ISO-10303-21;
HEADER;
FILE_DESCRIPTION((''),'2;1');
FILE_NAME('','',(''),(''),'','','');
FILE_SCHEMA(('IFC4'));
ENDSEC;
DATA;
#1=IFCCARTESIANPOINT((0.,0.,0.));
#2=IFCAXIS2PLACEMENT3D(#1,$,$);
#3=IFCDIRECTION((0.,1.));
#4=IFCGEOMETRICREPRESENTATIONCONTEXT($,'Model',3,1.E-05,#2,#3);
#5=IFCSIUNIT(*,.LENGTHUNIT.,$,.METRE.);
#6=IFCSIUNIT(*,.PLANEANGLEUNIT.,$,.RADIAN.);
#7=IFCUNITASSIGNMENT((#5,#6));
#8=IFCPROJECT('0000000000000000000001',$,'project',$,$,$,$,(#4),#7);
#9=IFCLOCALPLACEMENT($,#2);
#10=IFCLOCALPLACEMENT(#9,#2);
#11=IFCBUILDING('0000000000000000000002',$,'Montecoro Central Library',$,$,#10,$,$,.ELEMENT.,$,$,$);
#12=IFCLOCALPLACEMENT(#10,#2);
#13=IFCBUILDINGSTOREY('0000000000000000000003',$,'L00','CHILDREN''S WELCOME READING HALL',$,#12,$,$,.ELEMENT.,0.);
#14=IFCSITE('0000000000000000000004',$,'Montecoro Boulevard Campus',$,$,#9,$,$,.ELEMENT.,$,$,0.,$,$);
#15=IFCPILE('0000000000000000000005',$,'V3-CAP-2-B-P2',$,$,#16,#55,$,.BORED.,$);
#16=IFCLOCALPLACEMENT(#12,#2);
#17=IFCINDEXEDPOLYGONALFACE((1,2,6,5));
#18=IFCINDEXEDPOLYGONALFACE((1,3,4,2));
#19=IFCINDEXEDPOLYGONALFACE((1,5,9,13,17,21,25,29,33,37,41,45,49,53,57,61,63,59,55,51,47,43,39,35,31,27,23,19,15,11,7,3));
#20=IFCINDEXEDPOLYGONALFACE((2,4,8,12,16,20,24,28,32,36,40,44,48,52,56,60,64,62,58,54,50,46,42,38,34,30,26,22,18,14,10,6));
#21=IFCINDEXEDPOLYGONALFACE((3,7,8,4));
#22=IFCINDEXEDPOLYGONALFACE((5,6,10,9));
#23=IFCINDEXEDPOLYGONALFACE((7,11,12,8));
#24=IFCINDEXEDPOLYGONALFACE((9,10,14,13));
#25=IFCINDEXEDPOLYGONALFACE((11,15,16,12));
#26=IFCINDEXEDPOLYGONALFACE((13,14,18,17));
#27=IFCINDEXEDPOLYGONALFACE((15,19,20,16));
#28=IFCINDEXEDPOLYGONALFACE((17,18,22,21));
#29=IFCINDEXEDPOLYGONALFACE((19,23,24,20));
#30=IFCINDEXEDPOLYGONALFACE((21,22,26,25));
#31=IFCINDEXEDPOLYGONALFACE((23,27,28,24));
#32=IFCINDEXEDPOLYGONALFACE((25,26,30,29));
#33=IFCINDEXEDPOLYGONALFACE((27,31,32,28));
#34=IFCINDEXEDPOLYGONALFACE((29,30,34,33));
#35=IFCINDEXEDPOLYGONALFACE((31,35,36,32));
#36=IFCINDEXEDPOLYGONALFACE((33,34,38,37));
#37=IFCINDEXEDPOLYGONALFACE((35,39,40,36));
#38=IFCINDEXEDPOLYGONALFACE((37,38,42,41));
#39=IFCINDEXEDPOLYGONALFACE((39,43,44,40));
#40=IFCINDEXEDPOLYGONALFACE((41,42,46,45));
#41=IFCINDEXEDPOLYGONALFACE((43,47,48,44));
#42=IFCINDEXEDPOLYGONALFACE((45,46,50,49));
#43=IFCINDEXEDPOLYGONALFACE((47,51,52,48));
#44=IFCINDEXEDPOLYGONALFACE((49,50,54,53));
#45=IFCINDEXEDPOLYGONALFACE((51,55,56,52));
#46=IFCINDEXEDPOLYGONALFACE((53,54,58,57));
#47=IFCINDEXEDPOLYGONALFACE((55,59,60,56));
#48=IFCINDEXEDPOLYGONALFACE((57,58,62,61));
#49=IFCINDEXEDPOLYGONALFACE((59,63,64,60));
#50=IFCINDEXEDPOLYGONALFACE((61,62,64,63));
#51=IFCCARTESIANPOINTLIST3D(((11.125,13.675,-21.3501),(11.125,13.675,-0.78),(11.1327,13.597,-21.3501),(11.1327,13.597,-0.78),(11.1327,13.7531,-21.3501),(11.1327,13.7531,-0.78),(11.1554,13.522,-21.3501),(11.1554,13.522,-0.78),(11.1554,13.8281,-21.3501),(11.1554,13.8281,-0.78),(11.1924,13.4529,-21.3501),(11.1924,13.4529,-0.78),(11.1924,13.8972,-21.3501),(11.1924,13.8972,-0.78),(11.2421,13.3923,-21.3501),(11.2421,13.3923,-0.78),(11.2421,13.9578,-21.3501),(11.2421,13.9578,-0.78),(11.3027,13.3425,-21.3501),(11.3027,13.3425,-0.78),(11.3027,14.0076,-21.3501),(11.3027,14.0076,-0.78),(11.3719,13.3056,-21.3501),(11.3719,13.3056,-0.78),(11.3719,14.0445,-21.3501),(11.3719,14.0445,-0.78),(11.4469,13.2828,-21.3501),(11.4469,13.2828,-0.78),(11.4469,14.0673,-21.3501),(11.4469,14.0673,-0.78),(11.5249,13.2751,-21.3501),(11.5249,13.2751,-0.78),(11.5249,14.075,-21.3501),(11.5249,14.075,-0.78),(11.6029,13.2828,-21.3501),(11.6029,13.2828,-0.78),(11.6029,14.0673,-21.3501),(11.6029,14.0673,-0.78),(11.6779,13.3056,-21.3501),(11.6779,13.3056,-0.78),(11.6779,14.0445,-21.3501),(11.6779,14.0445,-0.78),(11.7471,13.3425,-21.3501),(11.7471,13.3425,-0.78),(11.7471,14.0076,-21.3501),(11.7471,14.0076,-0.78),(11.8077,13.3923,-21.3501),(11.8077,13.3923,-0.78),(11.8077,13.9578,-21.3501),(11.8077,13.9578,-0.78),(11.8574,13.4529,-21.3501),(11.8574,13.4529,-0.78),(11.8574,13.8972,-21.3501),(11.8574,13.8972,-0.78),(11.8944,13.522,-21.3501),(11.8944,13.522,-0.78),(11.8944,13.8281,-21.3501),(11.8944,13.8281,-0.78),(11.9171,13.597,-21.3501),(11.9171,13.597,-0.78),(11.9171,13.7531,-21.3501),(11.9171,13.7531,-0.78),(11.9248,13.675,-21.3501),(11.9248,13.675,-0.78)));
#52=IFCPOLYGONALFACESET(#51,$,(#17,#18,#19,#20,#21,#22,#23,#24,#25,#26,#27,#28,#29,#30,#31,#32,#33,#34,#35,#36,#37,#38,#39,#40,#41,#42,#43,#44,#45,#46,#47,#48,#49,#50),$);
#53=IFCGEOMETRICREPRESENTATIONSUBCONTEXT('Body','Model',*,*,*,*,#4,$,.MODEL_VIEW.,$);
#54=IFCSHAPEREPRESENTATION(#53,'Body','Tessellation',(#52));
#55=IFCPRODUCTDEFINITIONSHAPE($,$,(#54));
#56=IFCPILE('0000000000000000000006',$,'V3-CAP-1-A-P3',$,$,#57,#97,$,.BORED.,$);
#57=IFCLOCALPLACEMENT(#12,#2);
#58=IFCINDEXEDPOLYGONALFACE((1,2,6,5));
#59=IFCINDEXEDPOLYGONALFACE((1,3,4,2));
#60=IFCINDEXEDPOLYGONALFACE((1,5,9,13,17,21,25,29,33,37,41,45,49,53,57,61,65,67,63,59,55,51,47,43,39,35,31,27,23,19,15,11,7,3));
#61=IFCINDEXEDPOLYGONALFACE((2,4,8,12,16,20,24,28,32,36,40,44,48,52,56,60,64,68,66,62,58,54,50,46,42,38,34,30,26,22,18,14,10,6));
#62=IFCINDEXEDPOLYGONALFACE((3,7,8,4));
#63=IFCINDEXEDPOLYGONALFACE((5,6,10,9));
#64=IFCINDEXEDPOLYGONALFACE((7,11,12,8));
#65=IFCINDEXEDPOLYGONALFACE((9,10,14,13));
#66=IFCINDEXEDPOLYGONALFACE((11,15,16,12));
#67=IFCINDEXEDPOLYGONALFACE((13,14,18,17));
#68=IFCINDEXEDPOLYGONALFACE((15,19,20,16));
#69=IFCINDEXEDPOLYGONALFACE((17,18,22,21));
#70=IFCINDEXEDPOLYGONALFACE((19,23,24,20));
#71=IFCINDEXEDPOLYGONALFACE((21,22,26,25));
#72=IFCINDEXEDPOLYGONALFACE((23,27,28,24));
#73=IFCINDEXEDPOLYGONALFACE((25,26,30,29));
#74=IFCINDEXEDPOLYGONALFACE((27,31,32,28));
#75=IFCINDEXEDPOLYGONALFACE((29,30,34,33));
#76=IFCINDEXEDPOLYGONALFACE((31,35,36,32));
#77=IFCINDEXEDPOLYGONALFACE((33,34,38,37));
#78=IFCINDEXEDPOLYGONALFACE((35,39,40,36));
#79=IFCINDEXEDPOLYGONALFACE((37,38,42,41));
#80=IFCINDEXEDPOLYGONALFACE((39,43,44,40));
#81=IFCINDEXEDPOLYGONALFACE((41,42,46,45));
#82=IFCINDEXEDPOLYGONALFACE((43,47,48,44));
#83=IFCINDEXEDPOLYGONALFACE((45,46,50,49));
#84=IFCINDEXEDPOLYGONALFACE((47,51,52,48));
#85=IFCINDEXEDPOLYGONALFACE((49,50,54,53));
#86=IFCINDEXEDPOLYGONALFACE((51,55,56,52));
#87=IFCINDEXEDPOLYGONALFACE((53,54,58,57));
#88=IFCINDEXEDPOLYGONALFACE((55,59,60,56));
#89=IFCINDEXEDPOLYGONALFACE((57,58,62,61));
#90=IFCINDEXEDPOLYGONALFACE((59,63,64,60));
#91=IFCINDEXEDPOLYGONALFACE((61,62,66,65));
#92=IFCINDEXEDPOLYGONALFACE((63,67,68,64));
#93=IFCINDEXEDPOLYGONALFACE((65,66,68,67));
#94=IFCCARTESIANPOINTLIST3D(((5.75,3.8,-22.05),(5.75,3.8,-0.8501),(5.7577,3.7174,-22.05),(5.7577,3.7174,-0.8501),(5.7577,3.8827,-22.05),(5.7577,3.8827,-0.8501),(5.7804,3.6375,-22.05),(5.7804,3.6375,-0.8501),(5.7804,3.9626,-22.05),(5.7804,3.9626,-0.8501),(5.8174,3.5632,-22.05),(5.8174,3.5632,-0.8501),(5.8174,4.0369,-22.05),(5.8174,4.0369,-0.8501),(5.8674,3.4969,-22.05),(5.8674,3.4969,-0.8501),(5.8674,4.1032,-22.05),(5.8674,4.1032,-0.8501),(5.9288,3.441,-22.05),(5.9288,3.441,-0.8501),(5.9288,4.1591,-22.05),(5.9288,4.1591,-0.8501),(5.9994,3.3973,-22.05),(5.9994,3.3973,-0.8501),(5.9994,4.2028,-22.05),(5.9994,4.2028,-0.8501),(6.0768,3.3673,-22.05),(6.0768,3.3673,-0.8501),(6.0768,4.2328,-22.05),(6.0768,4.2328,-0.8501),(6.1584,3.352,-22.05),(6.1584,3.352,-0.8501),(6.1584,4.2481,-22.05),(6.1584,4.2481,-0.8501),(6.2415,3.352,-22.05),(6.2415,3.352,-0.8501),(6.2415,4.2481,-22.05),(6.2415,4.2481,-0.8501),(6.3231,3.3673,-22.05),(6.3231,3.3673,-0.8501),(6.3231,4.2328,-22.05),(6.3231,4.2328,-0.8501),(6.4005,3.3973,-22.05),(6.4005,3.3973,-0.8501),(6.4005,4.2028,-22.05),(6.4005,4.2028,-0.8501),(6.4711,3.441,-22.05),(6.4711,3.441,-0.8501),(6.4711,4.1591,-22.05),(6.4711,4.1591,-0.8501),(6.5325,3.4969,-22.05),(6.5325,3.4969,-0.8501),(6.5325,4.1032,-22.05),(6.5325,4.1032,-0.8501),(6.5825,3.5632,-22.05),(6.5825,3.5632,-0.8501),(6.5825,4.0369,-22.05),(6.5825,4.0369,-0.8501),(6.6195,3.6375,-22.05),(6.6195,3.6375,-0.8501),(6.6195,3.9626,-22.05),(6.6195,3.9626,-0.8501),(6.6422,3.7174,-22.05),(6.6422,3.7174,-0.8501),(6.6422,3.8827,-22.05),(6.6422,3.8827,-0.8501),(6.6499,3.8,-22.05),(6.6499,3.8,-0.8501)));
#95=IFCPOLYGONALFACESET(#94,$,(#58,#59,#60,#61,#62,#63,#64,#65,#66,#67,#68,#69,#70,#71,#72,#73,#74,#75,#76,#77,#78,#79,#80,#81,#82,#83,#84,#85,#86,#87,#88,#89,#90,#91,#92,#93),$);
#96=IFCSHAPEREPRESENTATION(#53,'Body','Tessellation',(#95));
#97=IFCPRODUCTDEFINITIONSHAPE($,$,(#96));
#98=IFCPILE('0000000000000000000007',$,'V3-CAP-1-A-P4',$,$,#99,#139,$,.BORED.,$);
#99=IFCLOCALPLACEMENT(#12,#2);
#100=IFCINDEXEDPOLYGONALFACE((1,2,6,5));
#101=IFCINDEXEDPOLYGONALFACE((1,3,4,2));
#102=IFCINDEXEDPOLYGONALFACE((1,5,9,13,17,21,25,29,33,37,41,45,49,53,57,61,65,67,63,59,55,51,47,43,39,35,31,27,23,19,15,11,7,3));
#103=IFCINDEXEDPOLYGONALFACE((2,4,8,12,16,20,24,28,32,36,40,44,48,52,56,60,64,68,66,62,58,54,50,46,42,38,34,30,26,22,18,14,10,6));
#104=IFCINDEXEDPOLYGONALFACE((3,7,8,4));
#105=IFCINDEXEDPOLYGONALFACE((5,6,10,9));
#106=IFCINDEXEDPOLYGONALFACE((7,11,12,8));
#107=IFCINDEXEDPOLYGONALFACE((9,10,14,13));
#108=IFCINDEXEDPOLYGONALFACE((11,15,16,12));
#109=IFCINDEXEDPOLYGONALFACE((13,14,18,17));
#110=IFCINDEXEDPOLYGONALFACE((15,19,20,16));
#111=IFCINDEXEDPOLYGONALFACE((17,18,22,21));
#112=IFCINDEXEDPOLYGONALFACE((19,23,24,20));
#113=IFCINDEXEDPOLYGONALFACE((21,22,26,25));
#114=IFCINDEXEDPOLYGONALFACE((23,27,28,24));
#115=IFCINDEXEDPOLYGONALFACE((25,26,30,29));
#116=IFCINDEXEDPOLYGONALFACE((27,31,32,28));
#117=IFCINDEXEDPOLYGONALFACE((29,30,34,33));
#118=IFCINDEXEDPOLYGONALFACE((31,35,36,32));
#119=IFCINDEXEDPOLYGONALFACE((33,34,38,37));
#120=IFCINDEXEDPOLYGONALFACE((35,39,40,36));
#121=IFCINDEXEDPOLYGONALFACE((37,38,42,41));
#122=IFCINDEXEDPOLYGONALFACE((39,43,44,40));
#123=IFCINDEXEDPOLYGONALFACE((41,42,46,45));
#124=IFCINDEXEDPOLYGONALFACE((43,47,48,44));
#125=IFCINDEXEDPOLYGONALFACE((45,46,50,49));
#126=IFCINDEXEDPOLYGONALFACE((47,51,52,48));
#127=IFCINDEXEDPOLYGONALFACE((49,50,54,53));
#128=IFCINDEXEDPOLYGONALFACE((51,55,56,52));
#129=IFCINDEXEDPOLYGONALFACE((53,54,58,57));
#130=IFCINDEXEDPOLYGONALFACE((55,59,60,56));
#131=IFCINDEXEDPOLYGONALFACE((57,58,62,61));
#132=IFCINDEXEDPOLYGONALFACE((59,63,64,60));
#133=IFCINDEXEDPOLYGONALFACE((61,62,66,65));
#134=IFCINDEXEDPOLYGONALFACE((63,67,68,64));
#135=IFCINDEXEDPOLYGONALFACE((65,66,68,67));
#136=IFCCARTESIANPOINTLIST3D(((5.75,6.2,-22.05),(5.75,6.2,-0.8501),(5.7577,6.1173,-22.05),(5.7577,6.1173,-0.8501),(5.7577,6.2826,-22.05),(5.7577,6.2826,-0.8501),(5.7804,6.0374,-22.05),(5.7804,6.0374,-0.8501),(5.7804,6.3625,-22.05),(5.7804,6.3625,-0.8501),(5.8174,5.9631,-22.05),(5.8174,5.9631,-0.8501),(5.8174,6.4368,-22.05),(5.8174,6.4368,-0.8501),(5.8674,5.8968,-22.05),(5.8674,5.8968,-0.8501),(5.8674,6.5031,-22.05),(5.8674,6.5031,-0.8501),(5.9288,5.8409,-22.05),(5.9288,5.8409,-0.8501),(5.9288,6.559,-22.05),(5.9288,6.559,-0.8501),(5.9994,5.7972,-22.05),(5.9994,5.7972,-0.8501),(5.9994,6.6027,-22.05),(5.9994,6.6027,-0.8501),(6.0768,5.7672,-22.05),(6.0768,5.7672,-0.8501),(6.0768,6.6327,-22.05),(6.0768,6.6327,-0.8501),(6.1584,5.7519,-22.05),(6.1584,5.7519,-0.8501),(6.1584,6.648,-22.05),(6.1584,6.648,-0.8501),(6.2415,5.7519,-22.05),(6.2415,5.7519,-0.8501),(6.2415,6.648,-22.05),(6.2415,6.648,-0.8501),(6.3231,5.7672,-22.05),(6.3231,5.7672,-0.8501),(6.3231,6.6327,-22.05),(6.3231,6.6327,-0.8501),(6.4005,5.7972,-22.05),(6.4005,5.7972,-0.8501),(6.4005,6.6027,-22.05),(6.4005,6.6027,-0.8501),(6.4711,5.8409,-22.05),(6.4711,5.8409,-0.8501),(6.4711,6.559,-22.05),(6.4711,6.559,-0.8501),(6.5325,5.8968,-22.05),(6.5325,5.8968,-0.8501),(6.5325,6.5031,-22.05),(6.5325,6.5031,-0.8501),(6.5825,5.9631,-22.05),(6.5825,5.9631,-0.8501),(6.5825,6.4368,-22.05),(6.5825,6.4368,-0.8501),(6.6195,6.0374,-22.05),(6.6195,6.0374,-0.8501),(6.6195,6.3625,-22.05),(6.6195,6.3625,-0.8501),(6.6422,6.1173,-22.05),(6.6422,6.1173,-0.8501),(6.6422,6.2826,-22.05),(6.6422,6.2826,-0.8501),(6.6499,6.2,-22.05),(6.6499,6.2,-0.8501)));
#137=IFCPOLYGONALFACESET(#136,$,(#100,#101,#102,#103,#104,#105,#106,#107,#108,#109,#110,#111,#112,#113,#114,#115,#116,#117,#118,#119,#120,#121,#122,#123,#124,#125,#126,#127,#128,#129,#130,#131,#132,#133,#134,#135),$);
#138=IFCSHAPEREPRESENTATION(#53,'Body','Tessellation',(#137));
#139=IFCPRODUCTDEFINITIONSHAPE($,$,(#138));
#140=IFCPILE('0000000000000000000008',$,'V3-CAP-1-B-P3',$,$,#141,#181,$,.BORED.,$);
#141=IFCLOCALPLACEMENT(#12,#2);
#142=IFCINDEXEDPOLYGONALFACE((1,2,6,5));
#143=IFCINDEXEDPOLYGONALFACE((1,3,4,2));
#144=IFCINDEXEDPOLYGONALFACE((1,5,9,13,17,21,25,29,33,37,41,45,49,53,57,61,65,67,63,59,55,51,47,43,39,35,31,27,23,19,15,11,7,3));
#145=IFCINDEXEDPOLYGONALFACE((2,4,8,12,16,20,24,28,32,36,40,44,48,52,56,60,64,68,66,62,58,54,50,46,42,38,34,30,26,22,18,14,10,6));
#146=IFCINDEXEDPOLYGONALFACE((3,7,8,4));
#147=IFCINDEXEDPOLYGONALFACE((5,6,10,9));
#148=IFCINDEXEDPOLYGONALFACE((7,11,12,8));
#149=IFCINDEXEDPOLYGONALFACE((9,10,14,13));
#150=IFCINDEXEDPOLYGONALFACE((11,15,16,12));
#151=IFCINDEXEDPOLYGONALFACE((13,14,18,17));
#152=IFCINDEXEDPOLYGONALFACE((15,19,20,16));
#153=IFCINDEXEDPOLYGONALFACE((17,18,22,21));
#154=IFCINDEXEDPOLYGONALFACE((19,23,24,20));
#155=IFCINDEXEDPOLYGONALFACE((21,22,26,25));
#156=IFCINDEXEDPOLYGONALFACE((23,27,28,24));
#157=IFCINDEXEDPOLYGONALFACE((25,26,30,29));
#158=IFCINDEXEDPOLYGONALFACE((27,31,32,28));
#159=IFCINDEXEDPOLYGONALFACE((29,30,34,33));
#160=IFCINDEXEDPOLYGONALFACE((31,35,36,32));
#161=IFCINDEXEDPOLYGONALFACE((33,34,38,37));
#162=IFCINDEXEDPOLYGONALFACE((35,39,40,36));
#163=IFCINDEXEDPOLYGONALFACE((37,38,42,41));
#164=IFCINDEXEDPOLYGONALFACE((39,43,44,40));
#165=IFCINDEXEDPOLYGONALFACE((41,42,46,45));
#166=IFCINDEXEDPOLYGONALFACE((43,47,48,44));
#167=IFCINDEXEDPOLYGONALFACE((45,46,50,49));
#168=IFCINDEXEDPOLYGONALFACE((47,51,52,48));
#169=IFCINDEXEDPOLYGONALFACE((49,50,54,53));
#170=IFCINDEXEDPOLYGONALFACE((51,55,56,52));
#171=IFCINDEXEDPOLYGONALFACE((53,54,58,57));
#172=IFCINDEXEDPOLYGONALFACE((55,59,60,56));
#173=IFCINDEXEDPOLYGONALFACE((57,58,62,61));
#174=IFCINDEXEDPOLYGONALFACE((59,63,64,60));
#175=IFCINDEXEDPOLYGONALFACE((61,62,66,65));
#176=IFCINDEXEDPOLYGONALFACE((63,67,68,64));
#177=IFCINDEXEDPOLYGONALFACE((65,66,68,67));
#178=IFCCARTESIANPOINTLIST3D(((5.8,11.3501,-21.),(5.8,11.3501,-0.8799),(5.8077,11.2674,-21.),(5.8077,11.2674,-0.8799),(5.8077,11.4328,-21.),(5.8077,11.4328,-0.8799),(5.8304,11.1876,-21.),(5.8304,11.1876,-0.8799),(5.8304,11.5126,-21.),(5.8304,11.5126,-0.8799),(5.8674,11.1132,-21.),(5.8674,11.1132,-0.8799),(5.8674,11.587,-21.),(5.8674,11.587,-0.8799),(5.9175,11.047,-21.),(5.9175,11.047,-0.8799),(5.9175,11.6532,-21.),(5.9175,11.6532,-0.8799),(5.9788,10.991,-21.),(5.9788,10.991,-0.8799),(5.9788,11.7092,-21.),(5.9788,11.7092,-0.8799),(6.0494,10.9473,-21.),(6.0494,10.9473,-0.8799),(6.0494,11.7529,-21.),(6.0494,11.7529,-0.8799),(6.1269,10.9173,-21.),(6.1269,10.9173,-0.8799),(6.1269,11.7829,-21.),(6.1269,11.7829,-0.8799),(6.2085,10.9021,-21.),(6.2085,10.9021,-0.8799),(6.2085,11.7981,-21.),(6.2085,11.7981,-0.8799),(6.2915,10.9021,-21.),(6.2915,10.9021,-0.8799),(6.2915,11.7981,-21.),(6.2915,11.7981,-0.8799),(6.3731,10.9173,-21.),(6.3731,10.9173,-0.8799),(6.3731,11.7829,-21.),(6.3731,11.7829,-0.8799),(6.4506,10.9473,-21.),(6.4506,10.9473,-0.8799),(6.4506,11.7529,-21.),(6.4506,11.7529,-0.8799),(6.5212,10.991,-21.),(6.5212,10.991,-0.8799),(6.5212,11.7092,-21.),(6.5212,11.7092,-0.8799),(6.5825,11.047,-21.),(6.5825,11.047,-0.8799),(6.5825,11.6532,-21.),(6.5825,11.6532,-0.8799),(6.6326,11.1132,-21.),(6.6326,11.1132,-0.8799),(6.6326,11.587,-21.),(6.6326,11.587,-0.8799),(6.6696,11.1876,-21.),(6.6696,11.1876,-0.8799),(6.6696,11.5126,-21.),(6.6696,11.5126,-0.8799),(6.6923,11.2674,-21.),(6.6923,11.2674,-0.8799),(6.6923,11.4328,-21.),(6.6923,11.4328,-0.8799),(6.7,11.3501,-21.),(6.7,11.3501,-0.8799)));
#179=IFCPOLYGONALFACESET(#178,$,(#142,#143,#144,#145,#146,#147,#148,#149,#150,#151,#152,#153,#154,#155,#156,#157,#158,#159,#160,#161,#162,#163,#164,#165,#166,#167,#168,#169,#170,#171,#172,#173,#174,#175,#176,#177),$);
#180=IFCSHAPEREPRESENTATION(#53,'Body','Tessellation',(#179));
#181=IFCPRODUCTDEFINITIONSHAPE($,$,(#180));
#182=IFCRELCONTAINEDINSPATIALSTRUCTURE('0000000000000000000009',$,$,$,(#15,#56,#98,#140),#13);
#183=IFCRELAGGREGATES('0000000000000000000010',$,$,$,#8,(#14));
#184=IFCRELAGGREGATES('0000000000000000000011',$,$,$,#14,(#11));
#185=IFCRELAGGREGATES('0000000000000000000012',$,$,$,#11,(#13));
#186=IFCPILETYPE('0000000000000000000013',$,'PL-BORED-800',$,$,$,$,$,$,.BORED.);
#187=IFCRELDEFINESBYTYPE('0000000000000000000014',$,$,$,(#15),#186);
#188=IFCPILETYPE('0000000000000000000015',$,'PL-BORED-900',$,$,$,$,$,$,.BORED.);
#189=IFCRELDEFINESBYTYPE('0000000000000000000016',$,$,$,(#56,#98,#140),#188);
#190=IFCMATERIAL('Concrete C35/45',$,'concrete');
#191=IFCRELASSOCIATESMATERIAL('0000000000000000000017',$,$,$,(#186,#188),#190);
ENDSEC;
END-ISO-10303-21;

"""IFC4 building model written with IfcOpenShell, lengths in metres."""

from ifc_helpers import new_model, si_unit, direction, frame, origin, origin_2d, place, context, subcontext, project, spatial, circle, extrude, material, material_profile, profile_set, type_object, element, save


model = new_model("IFC4")

# Units and contexts
model_context = context("Model", 3, precision=1e-05, world=origin(), true_north=direction((0.0, 1.0)))
body_context = subcontext(model_context, "Body", "Model", "MODEL_VIEW")
ifc_project = project(units=[si_unit("LENGTHUNIT", "METRE"), si_unit("PLANEANGLEUNIT", "RADIAN")], contexts=[model_context])

# Site, building, storey
site_placement = place(None, origin())
site = spatial("IfcSite", under=ifc_project, at=site_placement, Name="Montecoro Boulevard Campus", CompositionType="ELEMENT", RefElevation=0.0)
building_placement = place(site_placement, origin())
building = spatial("IfcBuilding", under=site, at=building_placement, Name="Montecoro Central Library", CompositionType="ELEMENT")
storey_placement = place(building_placement, origin())
storey = spatial("IfcBuildingStorey", under=building, at=storey_placement, Name="L00", Description="CHILDREN'S WELCOME READING HALL", CompositionType="ELEMENT", Elevation=0.0)

# Shared definitions
ifc_material_1 = material(Name="Concrete C35/45", Category="concrete")

# Piles
ifc_material_profile_1 = material_profile(ifc_material_1, circle(Radius=0.3999, at=origin_2d()), Name="PILE D800")
ifc_profile_set_1 = profile_set([ifc_material_profile_1], Name="Concrete C35/45")
pile_type_1 = type_object("IfcPileType", Name="PL-BORED-800", PredefinedType="BORED", material=ifc_profile_set_1)
for number, where, z_axis, x_axis, name in (
    (1, (11.5249, 13.675, -0.78), (0.0, 0.0, -1.0), (1.0, 0.0, 0.0), "V3-CAP-2-B-P2"),
):
    element("IfcPile", number, at=place(storey_placement, frame(where, z_axis=z_axis, x_axis=x_axis)), inside=storey, type_object=pile_type_1, Name=name, PredefinedType="BORED", context=body_context, shape_type="SweptSolid", body=[
        extrude(circle(Radius=0.3999, at=origin_2d()), origin(), (0.0, 0.0, 1.0), 20.5701),
    ])
ifc_material_profile_2 = material_profile(ifc_material_1, circle(Radius=0.45, at=origin_2d()), Name="PILE D900")
ifc_profile_set_2 = profile_set([ifc_material_profile_2], Name="Concrete C35/45")
pile_type_2 = type_object("IfcPileType", Name="PL-BORED-900", PredefinedType="BORED", material=ifc_profile_set_2)
for number, where, z_axis, x_axis, name in (
    (2, (6.2, 3.8, -0.8501), (0.0, 0.0, -1.0), (1.0, 0.0, 0.0), "V3-CAP-1-A-P3"),
    (3, (6.2, 6.2, -0.8501), (0.0, 0.0, -1.0), (1.0, 0.0, 0.0), "V3-CAP-1-A-P4"),
):
    element("IfcPile", number, at=place(storey_placement, frame(where, z_axis=z_axis, x_axis=x_axis)), inside=storey, type_object=pile_type_2, Name=name, PredefinedType="BORED", context=body_context, shape_type="SweptSolid", body=[
        extrude(circle(Radius=0.45, at=origin_2d()), origin(), (0.0, 0.0, 1.0), 21.2),
    ])
pile_placement = place(storey_placement, frame((6.25, 11.3501, -0.8799), z_axis=(0.0, 0.0, -1.0), x_axis=(1.0, 0.0, 0.0)))
element("IfcPile", 4, at=pile_placement, inside=storey, type_object=pile_type_2, Name="V3-CAP-1-B-P3", PredefinedType="BORED", context=body_context, shape_type="SweptSolid", body=[
    extrude(circle(Radius=0.45, at=origin_2d()), origin(), (0.0, 0.0, 1.0), 20.1201),
])

save(model, "model.ifc")
